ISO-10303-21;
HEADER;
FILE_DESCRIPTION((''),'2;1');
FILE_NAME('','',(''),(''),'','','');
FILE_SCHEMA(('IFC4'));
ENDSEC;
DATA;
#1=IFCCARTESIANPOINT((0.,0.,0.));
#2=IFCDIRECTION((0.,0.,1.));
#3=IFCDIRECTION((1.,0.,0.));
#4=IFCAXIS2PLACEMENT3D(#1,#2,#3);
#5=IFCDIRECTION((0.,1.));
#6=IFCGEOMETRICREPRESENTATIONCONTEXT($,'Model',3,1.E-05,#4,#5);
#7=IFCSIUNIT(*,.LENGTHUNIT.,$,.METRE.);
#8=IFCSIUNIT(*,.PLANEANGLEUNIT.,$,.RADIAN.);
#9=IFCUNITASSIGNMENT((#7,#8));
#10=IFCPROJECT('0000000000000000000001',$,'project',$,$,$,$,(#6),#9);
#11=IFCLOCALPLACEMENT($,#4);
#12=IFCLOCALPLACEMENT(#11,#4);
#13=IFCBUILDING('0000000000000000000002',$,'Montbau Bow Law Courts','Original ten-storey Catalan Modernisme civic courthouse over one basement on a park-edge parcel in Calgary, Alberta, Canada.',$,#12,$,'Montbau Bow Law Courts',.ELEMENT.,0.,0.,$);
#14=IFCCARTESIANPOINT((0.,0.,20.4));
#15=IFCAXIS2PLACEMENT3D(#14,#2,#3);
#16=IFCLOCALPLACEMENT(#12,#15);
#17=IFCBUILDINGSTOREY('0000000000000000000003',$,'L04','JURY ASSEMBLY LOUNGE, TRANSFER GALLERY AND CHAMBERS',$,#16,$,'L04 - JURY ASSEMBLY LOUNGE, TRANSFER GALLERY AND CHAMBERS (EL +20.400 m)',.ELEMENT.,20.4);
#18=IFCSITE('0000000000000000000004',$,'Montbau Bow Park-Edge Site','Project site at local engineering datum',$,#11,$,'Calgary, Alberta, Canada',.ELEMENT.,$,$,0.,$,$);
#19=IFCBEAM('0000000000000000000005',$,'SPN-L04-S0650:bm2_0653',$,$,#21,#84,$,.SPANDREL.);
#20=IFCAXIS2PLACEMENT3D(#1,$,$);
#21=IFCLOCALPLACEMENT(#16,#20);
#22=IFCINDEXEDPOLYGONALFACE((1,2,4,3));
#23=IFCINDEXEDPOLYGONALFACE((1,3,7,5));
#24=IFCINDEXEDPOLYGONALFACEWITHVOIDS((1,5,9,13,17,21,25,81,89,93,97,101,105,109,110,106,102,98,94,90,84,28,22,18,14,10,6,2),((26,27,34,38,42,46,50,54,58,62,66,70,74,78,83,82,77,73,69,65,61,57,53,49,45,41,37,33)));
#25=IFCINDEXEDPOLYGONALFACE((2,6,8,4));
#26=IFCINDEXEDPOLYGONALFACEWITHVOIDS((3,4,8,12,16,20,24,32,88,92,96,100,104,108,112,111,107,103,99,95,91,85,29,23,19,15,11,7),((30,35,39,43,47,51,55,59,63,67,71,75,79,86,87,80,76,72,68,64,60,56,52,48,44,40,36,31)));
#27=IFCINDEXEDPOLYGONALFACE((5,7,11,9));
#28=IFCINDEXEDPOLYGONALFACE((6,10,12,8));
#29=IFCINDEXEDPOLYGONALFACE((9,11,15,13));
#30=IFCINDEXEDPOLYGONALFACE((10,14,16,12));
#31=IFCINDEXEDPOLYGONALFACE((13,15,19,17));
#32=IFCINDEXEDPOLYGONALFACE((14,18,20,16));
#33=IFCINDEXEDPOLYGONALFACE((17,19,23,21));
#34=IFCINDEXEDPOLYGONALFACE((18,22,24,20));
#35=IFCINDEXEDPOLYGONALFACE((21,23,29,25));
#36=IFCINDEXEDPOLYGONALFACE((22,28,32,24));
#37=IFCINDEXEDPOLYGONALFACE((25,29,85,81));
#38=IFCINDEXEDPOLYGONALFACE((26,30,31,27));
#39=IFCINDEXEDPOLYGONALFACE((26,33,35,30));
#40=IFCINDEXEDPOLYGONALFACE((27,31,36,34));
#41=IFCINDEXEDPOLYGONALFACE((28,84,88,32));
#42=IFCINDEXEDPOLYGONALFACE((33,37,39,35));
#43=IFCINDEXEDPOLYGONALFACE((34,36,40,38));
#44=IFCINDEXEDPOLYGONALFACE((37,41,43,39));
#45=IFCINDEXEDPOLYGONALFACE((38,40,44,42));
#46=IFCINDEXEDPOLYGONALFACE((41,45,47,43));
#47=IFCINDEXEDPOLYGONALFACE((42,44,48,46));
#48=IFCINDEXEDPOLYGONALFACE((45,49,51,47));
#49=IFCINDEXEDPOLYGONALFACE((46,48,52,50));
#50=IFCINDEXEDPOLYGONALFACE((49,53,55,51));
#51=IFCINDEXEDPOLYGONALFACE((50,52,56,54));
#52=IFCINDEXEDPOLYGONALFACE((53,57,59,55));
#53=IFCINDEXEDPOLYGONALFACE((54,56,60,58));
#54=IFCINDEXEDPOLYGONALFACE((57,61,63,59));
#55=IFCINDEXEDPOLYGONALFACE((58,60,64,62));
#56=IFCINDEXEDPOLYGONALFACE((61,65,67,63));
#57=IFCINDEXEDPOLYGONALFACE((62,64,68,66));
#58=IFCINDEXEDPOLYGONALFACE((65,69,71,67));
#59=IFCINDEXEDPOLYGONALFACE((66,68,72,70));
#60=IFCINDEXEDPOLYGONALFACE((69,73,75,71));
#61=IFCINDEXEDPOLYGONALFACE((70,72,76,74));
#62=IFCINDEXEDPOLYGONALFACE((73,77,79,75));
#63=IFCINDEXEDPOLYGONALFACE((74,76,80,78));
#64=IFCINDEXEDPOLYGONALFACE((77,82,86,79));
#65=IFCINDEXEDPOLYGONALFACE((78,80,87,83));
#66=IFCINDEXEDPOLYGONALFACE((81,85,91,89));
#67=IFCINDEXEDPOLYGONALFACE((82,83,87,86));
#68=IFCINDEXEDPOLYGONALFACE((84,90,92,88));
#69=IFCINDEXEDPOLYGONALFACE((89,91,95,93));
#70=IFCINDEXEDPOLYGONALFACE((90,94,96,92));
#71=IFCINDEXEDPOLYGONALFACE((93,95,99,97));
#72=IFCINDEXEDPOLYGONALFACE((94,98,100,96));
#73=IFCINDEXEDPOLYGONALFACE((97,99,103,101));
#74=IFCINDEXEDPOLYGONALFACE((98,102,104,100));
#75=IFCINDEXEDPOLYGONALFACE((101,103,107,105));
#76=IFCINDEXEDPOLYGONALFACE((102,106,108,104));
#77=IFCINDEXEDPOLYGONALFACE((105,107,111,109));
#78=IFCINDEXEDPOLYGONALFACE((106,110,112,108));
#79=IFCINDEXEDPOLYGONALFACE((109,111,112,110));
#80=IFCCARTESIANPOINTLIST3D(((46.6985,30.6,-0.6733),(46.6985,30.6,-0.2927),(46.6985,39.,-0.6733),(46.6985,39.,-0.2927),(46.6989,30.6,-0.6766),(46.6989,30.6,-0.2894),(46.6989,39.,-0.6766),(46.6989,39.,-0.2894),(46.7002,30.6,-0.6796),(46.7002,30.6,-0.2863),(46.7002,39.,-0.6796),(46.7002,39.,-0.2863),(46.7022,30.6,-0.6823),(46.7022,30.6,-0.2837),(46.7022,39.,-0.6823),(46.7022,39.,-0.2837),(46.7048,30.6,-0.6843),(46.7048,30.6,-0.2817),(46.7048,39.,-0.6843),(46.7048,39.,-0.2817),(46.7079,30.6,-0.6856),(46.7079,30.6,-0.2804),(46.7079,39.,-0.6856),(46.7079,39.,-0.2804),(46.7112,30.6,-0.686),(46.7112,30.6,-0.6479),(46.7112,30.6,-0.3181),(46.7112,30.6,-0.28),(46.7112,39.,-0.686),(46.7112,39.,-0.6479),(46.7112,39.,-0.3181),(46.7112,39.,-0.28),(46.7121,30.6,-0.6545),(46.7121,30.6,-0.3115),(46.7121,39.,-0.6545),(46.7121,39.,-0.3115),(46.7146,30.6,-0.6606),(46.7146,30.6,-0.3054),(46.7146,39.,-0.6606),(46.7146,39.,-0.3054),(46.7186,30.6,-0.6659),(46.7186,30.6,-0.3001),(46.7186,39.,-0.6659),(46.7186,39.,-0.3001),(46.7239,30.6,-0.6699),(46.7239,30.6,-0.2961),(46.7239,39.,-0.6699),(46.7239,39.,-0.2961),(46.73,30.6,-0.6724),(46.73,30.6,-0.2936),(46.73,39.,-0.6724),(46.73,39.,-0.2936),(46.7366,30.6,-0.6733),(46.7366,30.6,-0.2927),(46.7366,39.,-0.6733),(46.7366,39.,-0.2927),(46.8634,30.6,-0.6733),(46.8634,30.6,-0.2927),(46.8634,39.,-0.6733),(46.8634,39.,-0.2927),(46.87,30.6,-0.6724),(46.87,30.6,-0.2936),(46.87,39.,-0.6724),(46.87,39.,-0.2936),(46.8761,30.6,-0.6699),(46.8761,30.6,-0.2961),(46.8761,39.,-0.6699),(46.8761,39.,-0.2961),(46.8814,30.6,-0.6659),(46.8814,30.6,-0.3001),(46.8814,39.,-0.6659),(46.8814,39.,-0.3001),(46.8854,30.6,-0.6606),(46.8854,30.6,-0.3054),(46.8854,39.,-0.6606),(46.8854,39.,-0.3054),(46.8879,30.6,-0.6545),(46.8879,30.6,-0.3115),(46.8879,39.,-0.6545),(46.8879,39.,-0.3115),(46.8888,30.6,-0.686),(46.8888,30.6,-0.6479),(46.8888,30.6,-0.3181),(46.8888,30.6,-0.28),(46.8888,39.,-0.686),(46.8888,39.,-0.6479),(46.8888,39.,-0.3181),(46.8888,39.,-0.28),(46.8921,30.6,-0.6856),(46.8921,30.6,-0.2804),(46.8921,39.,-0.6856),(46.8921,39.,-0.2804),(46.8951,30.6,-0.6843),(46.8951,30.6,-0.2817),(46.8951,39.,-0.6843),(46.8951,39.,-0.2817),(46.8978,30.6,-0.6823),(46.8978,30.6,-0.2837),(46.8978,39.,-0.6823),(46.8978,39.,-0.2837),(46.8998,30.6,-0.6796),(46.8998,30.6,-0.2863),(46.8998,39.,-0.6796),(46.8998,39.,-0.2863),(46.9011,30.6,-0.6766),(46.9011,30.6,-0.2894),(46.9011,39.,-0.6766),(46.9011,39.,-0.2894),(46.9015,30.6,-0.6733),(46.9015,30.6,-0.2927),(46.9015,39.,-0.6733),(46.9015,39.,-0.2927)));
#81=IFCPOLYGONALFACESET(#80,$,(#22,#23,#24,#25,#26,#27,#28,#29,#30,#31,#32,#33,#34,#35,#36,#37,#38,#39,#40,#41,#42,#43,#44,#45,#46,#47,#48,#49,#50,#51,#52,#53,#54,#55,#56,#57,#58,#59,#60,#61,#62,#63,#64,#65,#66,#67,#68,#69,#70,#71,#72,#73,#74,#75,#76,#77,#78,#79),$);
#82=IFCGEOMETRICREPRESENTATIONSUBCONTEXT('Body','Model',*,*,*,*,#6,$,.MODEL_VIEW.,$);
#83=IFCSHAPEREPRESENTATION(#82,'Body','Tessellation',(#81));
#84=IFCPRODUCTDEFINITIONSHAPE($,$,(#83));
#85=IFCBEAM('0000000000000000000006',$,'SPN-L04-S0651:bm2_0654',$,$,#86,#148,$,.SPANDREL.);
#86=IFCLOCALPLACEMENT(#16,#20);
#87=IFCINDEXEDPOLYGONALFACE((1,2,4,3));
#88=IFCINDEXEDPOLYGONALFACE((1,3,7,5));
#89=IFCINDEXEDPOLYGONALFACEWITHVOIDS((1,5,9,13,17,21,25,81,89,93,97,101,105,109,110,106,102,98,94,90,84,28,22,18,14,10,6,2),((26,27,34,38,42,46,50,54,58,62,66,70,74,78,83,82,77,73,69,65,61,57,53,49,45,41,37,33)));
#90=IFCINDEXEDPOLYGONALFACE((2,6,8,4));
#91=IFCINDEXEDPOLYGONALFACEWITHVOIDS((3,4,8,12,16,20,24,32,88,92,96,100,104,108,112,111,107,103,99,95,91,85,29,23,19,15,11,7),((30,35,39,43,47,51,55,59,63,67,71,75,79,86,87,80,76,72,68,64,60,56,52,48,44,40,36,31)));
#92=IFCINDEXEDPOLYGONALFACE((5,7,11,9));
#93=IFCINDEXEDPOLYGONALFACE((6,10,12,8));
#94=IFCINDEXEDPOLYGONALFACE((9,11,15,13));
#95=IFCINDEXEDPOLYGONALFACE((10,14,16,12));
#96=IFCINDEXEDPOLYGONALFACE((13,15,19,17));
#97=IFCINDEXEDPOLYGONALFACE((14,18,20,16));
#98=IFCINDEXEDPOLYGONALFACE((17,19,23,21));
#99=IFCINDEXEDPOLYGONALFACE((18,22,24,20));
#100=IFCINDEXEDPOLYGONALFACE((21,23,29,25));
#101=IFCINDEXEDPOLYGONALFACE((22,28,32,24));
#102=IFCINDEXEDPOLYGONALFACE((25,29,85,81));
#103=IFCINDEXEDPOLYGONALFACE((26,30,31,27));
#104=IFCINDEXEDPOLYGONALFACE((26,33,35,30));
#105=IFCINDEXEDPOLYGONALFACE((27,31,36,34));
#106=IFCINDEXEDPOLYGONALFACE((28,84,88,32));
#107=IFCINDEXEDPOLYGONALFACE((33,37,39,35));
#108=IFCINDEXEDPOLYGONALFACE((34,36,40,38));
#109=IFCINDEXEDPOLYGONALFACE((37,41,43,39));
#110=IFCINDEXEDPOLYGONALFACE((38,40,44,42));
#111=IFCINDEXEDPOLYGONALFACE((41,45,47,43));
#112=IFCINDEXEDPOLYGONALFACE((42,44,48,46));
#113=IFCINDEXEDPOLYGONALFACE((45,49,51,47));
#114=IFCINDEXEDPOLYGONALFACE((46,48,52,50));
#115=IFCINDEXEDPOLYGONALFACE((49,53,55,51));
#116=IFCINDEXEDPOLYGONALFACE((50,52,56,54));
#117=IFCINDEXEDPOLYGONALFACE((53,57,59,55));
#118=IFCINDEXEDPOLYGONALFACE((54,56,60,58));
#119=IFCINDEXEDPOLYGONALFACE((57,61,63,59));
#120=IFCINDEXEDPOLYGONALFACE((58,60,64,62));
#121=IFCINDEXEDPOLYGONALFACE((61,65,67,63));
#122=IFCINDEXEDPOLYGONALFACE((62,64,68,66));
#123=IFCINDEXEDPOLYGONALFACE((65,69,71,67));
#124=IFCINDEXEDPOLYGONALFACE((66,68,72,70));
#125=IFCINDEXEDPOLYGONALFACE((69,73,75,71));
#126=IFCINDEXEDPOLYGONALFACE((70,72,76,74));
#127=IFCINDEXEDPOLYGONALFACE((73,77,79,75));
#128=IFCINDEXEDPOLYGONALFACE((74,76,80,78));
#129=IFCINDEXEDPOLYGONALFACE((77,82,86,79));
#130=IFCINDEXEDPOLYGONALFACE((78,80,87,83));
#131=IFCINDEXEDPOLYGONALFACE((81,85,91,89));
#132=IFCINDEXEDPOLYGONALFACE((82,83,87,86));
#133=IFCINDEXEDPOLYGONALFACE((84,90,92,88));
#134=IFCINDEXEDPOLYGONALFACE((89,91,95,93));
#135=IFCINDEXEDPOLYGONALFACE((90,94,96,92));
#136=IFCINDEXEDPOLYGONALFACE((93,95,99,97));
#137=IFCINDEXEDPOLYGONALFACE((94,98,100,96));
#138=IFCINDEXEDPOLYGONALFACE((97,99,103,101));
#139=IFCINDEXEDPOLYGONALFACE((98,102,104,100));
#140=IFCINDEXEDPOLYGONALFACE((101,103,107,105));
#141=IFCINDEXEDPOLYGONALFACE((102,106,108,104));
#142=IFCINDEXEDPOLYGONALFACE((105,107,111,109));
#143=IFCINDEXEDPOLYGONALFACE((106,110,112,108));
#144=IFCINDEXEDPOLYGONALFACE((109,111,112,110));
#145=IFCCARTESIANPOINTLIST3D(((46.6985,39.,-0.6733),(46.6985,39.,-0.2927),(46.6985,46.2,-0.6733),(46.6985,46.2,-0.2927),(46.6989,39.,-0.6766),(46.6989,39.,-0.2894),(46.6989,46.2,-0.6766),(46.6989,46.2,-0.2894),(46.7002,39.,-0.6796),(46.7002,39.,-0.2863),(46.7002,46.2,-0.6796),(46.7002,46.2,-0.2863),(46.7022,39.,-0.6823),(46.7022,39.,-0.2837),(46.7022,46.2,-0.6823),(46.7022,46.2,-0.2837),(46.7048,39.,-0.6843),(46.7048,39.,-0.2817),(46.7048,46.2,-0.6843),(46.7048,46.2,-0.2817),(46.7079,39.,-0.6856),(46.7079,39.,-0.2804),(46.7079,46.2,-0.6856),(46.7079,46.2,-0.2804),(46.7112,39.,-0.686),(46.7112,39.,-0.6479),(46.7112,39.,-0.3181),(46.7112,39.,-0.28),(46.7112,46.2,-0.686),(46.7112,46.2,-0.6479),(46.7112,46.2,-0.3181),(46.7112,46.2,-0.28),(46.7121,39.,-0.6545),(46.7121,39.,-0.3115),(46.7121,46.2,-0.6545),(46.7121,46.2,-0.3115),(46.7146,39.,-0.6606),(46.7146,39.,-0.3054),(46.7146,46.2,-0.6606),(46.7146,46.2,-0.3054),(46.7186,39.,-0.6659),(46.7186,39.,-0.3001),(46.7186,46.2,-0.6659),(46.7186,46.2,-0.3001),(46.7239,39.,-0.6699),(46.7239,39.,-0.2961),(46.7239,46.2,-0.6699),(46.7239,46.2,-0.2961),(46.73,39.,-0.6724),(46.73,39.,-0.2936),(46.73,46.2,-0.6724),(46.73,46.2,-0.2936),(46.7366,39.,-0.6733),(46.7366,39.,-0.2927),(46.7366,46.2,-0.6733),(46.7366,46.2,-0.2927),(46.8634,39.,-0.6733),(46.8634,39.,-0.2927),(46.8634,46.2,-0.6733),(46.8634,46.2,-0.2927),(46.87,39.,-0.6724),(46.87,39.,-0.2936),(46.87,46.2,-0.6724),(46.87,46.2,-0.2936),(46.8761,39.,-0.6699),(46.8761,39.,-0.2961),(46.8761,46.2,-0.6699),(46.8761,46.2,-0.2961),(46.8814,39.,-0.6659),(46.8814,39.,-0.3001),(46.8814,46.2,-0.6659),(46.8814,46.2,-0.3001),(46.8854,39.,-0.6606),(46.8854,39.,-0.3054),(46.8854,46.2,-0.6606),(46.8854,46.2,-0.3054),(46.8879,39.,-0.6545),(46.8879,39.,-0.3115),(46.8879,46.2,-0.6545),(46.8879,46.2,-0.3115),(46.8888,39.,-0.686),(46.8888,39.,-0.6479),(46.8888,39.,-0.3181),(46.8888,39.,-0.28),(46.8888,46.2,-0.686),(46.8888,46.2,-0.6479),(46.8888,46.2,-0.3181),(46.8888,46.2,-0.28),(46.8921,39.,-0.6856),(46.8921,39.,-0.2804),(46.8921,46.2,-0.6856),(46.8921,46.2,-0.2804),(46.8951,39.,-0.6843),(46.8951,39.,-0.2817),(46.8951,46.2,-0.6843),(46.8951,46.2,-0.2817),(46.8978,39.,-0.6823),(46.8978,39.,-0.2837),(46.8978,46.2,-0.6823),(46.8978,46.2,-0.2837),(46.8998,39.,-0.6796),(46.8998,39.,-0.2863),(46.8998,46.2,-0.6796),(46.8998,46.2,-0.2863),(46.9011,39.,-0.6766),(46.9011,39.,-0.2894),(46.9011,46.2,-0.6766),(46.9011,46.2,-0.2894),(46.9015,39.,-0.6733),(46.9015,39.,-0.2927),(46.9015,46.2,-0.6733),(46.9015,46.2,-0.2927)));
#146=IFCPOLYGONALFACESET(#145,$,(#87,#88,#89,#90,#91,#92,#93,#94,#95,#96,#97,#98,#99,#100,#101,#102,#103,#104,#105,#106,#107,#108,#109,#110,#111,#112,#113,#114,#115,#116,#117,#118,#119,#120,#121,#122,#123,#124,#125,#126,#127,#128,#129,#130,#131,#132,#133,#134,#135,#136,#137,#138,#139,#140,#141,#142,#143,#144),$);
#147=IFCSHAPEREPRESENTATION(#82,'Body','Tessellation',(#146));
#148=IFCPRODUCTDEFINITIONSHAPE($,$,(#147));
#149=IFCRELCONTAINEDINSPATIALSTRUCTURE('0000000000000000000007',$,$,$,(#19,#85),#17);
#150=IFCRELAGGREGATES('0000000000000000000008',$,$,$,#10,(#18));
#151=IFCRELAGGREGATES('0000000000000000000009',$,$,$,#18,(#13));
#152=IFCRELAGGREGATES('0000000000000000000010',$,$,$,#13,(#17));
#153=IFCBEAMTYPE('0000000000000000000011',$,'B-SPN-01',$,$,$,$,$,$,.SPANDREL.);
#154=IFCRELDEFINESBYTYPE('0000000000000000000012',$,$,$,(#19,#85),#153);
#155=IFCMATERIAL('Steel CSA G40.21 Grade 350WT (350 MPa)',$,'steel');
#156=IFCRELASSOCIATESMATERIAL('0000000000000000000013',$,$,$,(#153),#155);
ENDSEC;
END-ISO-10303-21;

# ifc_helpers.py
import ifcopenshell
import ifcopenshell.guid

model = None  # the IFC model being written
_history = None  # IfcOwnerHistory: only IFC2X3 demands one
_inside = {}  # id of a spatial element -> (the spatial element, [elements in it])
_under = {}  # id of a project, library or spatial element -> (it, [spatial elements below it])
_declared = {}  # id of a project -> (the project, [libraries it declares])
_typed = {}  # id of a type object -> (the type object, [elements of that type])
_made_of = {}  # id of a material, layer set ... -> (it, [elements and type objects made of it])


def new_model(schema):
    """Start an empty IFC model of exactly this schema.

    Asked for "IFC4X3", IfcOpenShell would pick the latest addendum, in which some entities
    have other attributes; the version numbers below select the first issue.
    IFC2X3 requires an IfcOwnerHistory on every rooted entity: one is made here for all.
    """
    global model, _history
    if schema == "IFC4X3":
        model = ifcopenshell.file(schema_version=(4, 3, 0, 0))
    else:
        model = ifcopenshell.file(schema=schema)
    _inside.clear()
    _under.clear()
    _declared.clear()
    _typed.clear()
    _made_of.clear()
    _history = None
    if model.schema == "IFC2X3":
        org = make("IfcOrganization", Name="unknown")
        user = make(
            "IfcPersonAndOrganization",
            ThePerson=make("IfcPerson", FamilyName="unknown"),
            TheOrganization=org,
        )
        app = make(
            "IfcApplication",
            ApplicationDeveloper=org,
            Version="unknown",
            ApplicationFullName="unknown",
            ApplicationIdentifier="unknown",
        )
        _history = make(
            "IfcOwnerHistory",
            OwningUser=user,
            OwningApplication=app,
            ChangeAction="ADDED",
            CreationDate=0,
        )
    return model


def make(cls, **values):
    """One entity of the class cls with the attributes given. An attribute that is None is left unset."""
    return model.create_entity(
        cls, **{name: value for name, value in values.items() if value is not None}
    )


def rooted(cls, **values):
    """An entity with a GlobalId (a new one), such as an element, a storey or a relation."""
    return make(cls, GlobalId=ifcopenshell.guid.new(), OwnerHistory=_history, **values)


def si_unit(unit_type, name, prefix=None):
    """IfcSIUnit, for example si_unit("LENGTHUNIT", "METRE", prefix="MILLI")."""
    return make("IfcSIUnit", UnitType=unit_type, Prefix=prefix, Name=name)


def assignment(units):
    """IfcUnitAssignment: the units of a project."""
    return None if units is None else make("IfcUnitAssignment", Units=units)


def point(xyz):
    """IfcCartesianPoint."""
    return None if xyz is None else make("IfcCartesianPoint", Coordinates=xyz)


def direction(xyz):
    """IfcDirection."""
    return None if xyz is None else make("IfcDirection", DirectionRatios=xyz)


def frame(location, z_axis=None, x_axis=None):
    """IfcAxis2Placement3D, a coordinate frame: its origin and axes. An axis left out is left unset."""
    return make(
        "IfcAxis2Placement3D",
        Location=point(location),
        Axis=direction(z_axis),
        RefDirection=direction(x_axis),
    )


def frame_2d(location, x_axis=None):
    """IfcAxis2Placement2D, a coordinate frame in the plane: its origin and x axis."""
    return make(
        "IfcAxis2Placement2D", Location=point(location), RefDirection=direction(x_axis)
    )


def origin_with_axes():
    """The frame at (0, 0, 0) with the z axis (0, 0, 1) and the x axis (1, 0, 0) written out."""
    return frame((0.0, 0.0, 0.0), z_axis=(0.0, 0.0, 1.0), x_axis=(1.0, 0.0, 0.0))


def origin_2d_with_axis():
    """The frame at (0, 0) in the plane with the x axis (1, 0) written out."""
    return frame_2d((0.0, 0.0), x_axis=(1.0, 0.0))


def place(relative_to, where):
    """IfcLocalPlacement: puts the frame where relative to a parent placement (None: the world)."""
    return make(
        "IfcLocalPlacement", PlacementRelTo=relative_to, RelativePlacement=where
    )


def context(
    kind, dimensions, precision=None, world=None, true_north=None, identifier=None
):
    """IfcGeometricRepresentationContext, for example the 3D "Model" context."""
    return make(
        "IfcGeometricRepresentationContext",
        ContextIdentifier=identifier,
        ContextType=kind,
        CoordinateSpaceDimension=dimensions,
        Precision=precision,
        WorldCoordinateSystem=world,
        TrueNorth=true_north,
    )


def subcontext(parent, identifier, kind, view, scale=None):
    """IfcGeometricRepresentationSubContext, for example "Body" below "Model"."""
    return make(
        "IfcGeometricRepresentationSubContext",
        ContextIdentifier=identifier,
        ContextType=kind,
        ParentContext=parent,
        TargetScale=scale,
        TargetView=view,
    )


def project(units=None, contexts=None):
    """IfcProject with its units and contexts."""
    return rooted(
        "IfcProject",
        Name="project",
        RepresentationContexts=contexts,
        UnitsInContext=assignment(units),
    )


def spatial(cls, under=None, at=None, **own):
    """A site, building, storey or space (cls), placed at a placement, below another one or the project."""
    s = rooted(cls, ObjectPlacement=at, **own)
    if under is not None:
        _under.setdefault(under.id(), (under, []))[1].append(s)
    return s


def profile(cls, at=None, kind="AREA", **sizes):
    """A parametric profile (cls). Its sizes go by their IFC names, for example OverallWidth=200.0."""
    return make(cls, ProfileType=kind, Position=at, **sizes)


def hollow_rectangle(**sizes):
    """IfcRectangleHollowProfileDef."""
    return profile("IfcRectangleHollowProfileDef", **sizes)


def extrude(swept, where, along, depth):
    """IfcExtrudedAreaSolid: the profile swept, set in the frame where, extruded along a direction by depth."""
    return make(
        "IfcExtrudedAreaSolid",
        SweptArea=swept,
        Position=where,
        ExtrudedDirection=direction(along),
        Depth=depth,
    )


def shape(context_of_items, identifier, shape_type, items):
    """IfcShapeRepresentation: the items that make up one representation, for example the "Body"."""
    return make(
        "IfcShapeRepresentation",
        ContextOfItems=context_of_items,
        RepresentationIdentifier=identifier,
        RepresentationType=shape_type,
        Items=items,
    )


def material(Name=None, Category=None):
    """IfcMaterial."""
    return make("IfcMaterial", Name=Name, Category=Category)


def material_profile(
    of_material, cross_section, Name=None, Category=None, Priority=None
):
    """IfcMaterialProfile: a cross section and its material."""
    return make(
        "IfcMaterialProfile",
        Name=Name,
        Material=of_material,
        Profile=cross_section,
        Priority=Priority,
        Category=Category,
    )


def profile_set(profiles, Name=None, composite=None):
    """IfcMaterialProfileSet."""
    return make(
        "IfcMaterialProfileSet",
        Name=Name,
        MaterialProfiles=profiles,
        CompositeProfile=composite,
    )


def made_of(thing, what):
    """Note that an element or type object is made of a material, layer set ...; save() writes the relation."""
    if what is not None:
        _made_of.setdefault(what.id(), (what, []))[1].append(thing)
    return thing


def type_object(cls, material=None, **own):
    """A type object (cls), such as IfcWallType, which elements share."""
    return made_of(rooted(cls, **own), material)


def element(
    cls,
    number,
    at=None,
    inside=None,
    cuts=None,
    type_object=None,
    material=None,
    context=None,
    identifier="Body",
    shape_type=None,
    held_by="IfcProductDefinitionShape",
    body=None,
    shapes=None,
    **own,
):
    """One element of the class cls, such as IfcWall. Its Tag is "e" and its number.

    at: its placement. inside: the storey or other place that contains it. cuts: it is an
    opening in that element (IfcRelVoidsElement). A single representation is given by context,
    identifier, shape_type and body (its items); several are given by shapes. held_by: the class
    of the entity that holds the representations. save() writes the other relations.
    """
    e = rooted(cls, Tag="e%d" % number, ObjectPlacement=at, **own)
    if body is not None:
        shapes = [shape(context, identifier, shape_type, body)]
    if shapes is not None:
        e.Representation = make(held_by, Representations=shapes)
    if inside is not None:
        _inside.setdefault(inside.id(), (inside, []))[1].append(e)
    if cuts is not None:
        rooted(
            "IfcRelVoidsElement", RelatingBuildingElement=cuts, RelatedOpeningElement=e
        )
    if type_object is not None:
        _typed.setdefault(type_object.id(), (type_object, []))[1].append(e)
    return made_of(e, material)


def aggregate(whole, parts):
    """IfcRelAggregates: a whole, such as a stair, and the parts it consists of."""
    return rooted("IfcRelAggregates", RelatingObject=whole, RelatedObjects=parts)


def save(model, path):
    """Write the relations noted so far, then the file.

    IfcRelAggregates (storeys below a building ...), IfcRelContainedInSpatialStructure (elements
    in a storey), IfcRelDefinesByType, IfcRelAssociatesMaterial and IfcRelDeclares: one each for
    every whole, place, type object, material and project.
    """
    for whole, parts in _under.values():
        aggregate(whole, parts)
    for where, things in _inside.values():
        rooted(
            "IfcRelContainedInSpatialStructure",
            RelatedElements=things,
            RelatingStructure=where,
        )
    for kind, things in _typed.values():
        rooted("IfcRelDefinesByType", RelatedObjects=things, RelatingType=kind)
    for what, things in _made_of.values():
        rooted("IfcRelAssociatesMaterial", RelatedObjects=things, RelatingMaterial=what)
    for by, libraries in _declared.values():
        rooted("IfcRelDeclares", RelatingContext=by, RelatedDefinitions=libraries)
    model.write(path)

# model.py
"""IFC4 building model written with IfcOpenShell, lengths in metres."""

from ifc_helpers import new_model, si_unit, direction, frame, origin_with_axes, origin_2d_with_axis, place, context, subcontext, project, spatial, hollow_rectangle, extrude, material, material_profile, profile_set, type_object, element, save


model = new_model("IFC4")

# Units and contexts
model_context = context("Model", 3, precision=1e-05, world=origin_with_axes(), true_north=direction((0.0, 1.0)))
body_context = subcontext(model_context, "Body", "Model", "MODEL_VIEW")
ifc_project = project(units=[si_unit("LENGTHUNIT", "METRE"), si_unit("PLANEANGLEUNIT", "RADIAN")], contexts=[model_context])

# Site, building, storey
site_placement = place(None, origin_with_axes())
site = spatial("IfcSite", under=ifc_project, at=site_placement, Name="Montbau Bow Park-Edge Site", Description="Project site at local engineering datum", LongName="Calgary, Alberta, Canada", CompositionType="ELEMENT", RefElevation=0.0)
building_placement = place(site_placement, origin_with_axes())
building = spatial("IfcBuilding", under=site, at=building_placement, Name="Montbau Bow Law Courts", Description="Original ten-storey Catalan Modernisme civic courthouse over one basement on a park-edge parcel in Calgary, Alberta, Canada.", LongName="Montbau Bow Law Courts", CompositionType="ELEMENT", ElevationOfRefHeight=0.0, ElevationOfTerrain=0.0)
storey_placement = place(building_placement, frame((0.0, 0.0, 20.4), z_axis=(0.0, 0.0, 1.0), x_axis=(1.0, 0.0, 0.0)))
storey = spatial("IfcBuildingStorey", under=building, at=storey_placement, Name="L04", Description="JURY ASSEMBLY LOUNGE, TRANSFER GALLERY AND CHAMBERS", LongName="L04 - JURY ASSEMBLY LOUNGE, TRANSFER GALLERY AND CHAMBERS (EL +20.400 m)", CompositionType="ELEMENT", Elevation=20.4)

# Beams
ifc_material_1 = material(Name="Steel CSA G40.21 Grade 350WT (350 MPa)", Category="steel")
ifc_material_profile_1 = material_profile(ifc_material_1, hollow_rectangle(XDim=0.203, YDim=0.406, WallThickness=0.0127, InnerFilletRadius=0.0254, OuterFilletRadius=0.0127, at=origin_2d_with_axis()), Name="HSS406X203X13", Category="Main", Priority=0)
ifc_profile_set_1 = profile_set([ifc_material_profile_1], Name="Steel CSA G40.21 Grade 350WT (350 MPa)")
beam_type_1 = type_object("IfcBeamType", Name="B-SPN-01", PredefinedType="SPANDREL", material=ifc_profile_set_1)
beam_1_placement = place(None, frame((46.8, 30.6, 19.917), z_axis=(0.0, 1.0, 0.0), x_axis=(-1.0, 0.0, 0.0)))
element("IfcBeam", 1, at=beam_1_placement, inside=storey, type_object=beam_type_1, Name="SPN-L04-S0650:bm2_0653", PredefinedType="SPANDREL", context=body_context, shape_type="SweptSolid", body=[
    extrude(hollow_rectangle(XDim=0.203, YDim=0.406, WallThickness=0.0127, InnerFilletRadius=0.0254, OuterFilletRadius=0.0127, at=origin_2d_with_axis()), origin_with_axes(), (0.0, 0.0, 1.0), 8.4),
])
beam_2_placement = place(None, frame((46.8, 39.0, 19.917), z_axis=(0.0, 1.0, 0.0), x_axis=(-1.0, 0.0, 0.0)))
element("IfcBeam", 2, at=beam_2_placement, inside=storey, type_object=beam_type_1, Name="SPN-L04-S0651:bm2_0654", PredefinedType="SPANDREL", context=body_context, shape_type="SweptSolid", body=[
    extrude(hollow_rectangle(XDim=0.203, YDim=0.406, WallThickness=0.0127, InnerFilletRadius=0.0254, OuterFilletRadius=0.0127, at=origin_2d_with_axis()), origin_with_axes(), (0.0, 0.0, 1.0), 7.2),
])

save(model, "model.ifc")
